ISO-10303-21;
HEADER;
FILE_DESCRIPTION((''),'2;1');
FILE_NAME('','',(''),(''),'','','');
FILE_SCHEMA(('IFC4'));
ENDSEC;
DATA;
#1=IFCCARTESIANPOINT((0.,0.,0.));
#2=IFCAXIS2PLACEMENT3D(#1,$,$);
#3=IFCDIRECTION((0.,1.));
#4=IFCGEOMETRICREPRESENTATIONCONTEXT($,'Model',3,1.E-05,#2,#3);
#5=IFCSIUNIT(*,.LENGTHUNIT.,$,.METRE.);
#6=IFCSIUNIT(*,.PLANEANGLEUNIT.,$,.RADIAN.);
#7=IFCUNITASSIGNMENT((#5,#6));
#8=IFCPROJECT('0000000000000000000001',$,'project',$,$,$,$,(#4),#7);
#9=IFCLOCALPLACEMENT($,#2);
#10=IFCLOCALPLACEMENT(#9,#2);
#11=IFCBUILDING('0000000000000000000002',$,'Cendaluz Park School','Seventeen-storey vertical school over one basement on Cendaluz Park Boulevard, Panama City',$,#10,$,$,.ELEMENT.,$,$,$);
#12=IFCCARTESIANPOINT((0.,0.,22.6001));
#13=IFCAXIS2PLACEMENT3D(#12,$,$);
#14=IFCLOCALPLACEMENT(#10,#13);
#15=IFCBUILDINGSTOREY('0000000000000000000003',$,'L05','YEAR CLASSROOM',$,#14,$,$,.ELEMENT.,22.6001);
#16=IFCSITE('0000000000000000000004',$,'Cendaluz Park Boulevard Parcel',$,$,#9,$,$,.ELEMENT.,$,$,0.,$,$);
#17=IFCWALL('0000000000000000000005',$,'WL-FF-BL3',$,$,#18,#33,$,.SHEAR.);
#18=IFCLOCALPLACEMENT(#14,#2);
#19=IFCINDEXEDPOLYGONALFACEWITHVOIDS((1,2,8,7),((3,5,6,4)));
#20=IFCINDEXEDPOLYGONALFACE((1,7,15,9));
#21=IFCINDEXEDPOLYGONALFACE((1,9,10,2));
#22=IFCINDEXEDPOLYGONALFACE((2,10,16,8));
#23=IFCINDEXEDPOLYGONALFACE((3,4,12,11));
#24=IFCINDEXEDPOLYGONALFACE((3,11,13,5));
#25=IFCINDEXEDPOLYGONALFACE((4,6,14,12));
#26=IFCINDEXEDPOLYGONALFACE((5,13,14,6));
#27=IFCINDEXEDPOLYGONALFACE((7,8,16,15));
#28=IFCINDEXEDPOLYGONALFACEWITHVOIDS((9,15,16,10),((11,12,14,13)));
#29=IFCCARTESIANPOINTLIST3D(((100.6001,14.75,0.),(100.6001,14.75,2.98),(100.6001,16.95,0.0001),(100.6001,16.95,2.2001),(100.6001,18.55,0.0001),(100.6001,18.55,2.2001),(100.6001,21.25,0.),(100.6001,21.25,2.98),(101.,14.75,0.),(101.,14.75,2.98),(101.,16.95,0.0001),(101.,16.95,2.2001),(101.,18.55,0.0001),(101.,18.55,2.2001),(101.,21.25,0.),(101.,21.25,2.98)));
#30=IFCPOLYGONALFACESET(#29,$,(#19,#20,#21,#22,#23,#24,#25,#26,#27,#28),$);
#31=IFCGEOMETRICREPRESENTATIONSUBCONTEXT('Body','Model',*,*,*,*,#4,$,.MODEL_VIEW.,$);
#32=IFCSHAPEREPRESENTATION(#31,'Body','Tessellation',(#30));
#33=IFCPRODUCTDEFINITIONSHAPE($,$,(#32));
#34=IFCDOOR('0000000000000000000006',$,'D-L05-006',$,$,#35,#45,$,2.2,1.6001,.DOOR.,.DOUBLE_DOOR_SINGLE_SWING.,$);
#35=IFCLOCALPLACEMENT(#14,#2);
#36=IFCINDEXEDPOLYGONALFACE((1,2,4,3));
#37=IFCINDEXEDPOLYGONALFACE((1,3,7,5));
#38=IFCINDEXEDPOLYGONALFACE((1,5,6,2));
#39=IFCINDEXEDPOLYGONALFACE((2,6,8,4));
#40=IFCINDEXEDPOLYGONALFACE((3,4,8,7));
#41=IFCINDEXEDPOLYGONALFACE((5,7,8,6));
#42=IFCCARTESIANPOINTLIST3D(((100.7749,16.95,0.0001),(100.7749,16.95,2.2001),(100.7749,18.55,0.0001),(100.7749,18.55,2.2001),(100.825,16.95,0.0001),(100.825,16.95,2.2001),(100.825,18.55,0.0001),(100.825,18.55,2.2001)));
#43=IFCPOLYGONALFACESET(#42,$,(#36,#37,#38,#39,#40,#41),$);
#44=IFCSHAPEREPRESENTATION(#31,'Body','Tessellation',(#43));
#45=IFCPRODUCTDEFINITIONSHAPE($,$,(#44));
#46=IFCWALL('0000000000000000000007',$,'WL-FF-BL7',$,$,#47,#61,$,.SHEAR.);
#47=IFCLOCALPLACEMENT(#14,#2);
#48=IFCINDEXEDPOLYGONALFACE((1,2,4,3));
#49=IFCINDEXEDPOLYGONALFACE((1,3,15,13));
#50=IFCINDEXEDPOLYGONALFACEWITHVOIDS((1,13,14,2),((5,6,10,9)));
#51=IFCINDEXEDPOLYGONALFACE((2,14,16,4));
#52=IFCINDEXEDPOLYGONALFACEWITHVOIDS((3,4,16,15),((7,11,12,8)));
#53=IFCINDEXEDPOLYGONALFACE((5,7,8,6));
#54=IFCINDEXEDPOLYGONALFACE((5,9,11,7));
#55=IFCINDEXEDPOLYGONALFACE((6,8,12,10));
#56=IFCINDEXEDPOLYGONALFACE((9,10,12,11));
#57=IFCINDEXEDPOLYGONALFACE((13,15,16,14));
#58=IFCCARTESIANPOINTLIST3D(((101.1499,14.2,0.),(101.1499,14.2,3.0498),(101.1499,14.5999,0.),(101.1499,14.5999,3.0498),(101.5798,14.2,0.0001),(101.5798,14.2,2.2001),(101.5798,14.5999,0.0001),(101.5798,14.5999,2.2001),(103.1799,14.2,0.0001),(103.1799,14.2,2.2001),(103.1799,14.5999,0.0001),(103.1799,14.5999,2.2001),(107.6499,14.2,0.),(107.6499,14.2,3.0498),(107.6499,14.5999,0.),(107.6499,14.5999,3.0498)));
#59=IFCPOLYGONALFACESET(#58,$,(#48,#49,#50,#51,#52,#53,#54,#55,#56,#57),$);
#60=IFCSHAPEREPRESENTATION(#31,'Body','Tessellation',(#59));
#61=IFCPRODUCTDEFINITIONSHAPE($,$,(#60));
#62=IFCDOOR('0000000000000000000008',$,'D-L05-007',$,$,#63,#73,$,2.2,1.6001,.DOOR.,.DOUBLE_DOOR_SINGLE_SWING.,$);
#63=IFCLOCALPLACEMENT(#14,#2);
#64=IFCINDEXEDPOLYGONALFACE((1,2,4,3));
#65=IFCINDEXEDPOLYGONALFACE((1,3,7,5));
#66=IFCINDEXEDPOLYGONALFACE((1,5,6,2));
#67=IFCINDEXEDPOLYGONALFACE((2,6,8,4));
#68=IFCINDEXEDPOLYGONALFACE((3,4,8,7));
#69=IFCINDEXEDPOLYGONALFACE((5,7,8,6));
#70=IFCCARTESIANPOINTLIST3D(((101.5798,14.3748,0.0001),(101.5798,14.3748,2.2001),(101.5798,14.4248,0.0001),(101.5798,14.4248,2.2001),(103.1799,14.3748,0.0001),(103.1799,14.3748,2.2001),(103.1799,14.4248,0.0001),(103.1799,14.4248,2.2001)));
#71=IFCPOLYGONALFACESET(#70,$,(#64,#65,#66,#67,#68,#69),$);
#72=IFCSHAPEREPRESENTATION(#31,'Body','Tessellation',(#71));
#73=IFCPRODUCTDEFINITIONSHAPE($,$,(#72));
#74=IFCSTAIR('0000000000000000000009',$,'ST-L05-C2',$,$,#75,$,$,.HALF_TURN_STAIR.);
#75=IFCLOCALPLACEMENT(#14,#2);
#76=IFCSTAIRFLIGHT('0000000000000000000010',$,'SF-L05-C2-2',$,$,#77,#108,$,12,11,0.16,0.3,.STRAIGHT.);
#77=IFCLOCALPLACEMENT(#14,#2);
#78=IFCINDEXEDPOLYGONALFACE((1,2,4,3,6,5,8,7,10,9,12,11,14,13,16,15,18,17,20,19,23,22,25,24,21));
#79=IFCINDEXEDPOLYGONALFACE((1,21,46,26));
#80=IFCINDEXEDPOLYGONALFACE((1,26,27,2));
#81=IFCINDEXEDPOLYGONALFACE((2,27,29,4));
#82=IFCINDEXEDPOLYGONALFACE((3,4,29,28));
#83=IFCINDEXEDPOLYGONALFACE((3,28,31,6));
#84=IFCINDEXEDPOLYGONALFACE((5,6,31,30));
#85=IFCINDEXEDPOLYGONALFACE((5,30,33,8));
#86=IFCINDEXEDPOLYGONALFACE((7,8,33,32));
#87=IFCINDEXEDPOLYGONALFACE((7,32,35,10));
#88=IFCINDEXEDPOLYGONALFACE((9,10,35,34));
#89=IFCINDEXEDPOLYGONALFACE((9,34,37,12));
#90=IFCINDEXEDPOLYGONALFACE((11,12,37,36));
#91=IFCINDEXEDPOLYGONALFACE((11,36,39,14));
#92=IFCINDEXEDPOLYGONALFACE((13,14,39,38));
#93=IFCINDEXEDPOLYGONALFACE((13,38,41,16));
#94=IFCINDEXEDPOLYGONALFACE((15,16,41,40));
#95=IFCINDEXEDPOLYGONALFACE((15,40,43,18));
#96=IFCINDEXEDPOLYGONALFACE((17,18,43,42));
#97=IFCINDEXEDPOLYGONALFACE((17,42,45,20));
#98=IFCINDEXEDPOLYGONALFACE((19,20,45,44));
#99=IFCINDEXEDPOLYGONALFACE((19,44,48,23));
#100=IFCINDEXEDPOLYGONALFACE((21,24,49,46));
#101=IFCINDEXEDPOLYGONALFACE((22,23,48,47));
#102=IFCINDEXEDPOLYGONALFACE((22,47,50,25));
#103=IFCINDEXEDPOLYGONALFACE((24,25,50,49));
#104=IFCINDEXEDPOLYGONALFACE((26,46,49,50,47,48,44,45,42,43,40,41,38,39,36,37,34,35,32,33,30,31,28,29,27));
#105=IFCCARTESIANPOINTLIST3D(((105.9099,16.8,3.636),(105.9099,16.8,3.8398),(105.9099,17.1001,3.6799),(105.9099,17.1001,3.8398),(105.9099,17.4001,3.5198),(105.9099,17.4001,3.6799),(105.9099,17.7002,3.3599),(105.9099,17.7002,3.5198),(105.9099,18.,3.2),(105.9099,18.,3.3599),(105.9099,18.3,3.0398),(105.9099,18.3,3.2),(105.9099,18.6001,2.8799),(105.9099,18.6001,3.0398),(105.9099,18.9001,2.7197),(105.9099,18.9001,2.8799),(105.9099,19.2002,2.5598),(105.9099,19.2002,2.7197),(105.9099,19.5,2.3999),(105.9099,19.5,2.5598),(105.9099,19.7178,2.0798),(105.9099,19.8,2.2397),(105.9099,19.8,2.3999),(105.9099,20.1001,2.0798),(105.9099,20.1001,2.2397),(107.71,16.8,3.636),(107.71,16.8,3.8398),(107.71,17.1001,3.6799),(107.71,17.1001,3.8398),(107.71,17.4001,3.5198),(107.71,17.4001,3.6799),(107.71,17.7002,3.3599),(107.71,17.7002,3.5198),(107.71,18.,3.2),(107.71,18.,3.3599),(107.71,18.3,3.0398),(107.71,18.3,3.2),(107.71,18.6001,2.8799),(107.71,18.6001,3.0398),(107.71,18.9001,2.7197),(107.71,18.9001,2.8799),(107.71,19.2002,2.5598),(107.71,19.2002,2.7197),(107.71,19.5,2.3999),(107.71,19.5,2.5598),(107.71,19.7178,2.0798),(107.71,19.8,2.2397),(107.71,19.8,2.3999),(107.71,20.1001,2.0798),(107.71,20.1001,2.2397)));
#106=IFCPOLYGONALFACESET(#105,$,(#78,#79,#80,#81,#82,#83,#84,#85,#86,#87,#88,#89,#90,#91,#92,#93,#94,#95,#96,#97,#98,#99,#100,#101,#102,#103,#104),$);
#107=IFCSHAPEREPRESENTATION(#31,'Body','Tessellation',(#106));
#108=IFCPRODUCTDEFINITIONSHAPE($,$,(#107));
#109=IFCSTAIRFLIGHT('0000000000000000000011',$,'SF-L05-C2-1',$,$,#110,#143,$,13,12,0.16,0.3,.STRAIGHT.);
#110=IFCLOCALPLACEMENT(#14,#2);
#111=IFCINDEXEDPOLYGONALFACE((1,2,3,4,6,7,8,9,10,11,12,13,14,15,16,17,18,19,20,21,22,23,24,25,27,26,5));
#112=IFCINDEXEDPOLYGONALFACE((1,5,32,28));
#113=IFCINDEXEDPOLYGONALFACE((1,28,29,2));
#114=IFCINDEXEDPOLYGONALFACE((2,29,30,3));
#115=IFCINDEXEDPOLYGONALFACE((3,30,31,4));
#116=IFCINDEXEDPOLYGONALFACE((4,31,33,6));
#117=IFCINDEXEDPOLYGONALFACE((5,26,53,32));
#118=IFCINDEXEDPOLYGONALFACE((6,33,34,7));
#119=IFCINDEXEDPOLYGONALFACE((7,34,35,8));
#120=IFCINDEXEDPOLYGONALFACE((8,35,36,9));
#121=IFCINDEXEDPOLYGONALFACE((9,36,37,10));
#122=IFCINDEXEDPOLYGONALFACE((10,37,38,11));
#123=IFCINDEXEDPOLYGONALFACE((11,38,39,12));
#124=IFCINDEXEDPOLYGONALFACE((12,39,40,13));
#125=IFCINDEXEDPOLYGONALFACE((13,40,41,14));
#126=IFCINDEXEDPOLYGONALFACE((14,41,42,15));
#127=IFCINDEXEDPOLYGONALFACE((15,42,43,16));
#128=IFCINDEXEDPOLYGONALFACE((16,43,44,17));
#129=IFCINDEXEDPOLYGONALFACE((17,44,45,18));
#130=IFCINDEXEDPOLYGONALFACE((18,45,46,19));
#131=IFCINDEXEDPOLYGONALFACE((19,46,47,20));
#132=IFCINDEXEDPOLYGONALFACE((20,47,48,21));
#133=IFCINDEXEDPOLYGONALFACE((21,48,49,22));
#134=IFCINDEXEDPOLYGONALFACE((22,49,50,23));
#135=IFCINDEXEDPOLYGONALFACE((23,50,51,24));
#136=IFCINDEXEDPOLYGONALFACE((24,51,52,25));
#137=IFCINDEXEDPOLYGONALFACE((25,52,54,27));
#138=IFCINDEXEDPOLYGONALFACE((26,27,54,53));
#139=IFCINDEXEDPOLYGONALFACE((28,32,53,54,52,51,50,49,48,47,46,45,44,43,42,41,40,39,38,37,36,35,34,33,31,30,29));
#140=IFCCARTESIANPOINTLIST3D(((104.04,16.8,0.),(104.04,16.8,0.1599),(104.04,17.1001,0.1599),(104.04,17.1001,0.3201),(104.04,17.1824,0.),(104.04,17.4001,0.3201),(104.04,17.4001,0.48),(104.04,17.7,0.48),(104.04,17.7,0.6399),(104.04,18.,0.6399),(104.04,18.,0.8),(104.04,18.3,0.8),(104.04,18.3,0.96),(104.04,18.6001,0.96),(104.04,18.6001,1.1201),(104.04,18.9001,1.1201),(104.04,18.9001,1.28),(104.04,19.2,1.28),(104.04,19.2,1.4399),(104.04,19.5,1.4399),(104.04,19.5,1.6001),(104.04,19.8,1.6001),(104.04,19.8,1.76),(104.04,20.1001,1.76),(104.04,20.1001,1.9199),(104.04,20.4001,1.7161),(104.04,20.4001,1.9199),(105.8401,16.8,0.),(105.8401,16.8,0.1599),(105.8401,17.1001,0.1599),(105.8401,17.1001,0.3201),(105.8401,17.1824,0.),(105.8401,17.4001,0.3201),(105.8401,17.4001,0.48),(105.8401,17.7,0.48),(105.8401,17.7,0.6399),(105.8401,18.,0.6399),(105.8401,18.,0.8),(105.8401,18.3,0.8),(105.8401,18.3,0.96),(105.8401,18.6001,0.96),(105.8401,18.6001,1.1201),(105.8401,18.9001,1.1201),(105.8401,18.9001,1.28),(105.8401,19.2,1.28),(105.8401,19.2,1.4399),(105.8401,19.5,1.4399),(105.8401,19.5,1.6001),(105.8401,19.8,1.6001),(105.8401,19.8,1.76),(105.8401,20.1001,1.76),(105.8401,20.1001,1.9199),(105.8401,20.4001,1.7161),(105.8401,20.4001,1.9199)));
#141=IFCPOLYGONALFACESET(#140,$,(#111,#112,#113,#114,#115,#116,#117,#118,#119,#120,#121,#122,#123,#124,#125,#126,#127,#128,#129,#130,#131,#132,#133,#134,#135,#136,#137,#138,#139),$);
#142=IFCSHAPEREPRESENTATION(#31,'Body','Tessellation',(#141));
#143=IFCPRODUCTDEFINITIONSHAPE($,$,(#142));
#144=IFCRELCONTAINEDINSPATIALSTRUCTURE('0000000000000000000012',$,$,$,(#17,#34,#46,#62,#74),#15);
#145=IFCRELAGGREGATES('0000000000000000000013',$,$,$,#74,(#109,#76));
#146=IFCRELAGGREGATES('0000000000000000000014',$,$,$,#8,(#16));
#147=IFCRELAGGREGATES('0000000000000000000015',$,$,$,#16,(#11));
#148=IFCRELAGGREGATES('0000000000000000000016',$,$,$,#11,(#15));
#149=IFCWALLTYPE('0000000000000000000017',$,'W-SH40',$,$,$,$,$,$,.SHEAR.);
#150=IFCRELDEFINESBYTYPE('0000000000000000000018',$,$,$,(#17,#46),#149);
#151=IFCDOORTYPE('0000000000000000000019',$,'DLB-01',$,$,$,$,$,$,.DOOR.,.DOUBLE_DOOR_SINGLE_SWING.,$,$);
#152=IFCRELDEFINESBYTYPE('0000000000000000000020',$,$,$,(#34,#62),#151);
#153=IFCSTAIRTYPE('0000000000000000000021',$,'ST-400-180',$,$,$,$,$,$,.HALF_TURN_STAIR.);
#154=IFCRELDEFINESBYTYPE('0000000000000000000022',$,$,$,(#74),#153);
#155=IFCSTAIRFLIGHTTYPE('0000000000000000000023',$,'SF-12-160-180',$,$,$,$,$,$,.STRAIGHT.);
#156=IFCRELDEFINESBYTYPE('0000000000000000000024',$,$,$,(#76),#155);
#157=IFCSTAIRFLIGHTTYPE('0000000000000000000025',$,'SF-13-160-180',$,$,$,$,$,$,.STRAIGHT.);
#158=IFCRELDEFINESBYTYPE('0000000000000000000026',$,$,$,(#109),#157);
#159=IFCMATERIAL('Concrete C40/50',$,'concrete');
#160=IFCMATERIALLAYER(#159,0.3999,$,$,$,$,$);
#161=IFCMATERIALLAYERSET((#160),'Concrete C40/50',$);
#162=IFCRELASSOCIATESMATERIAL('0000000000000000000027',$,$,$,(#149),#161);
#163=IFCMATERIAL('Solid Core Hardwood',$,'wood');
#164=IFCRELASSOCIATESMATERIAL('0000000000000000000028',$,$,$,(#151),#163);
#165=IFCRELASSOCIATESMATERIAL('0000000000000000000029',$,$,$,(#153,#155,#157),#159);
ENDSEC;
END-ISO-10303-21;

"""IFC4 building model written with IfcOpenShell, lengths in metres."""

from ifc_helpers import new_model, si_unit, direction, frame, frame_2d, origin, place, context, subcontext, project, spatial, polyline, rectangle, outline, extrude, material, layer, layer_set, type_object, element, fill, aggregate, save


model = new_model("IFC4")

# Units and contexts
model_context = context("Model", 3, precision=1e-05, world=origin(), true_north=direction((0.0, 1.0)))
body_context = subcontext(model_context, "Body", "Model", "MODEL_VIEW")
ifc_project = project(units=[si_unit("LENGTHUNIT", "METRE"), si_unit("PLANEANGLEUNIT", "RADIAN")], contexts=[model_context])

# Site, building, storey
site_placement = place(None, origin())
site = spatial("IfcSite", under=ifc_project, at=site_placement, Name="Cendaluz Park Boulevard Parcel", CompositionType="ELEMENT", RefElevation=0.0)
building_placement = place(site_placement, origin())
building = spatial("IfcBuilding", under=site, at=building_placement, Name="Cendaluz Park School", Description="Seventeen-storey vertical school over one basement on Cendaluz Park Boulevard, Panama City", CompositionType="ELEMENT")
storey_placement = place(building_placement, frame((0.0, 0.0, 22.6001)))
storey = spatial("IfcBuildingStorey", under=building, at=storey_placement, Name="L05", Description="YEAR CLASSROOM", CompositionType="ELEMENT", Elevation=22.6001)

# Shared definitions
ifc_material_1 = material(Name="Concrete C40/50", Category="concrete")

# Shared definitions
ifc_material_2 = material(Name="Solid Core Hardwood", Category="wood")

# Walls, openings, doors
ifc_layer_1 = layer(ifc_material_1, 0.3999)
ifc_layer_set_1 = layer_set([ifc_layer_1], Name="Concrete C40/50")
wall_type_1 = type_object("IfcWallType", Name="W-SH40", PredefinedType="SHEAR", material=ifc_layer_set_1)
wall_1_placement = place(storey_placement, frame((100.8, 14.75, 0.0), z_axis=(0.0, 0.0, 1.0), x_axis=(0.0, 1.0, 0.0)))
wall_1 = element("IfcWall", 1, at=wall_1_placement, inside=storey, type_object=wall_type_1, Name="WL-FF-BL3", PredefinedType="SHEAR", context=body_context, shape_type="SweptSolid", body=[
    extrude(rectangle(XDim=6.5, YDim=0.3999, at=frame_2d((3.25, 0.0))), origin(), (0.0, 0.0, 1.0), 2.98),
])
opening_1_placement = place(wall_1_placement, frame((2.2, 0.0, 0.0)))
opening_1 = element("IfcOpeningElement", 2, at=opening_1_placement, cuts=wall_1, PredefinedType="OPENING", context=body_context, shape_type="SweptSolid", body=[
    extrude(rectangle(XDim=1.6001, YDim=2.2, at=frame_2d((0.8, 1.1001))), frame((0.0, 0.2119, 0.0), z_axis=(0.0, -1.0, 0.0), x_axis=(1.0, 0.0, 0.0)), (0.0, 0.0, 1.0), 0.4238),
])
door_type_1 = type_object("IfcDoorType", Name="DLB-01", OperationType="DOUBLE_DOOR_SINGLE_SWING", PredefinedType="DOOR", material=ifc_material_2)
door_1_placement = place(opening_1_placement, frame((1.6001, 0.0, 0.0), z_axis=(0.0, 0.0, 1.0), x_axis=(-1.0, 0.0, 0.0)))
door_1 = element("IfcDoor", 3, at=door_1_placement, inside=storey, type_object=door_type_1, Name="D-L05-006", OperationType="DOUBLE_DOOR_SINGLE_SWING", OverallHeight=2.2, OverallWidth=1.6001, PredefinedType="DOOR", context=body_context, shape_type="SweptSolid", body=[
    extrude(rectangle(XDim=1.6001, YDim=2.2, at=frame_2d((0.8, 1.1001))), frame((0.0, 0.0249, 0.0), z_axis=(0.0, -1.0, 0.0), x_axis=(1.0, 0.0, 0.0)), (0.0, 0.0, 1.0), 0.05),
])
fill(opening_1, door_1)
wall_2_placement = place(storey_placement, frame((101.1499, 14.3999, 0.0), z_axis=(0.0, 0.0, 1.0), x_axis=(1.0, 0.0, 0.0)))
wall_2 = element("IfcWall", 4, at=wall_2_placement, inside=storey, type_object=wall_type_1, Name="WL-FF-BL7", PredefinedType="SHEAR", context=body_context, shape_type="SweptSolid", body=[
    extrude(rectangle(XDim=6.5, YDim=0.3999, at=frame_2d((3.25, 0.0))), origin(), (0.0, 0.0, 1.0), 3.0498),
])
opening_2_placement = place(wall_2_placement, frame((0.4299, 0.0, 0.0)))
opening_2 = element("IfcOpeningElement", 5, at=opening_2_placement, cuts=wall_2, PredefinedType="OPENING", context=body_context, shape_type="SweptSolid", body=[
    extrude(rectangle(XDim=1.6001, YDim=2.2, at=frame_2d((0.8, 1.1001))), frame((0.0, 0.2119, 0.0), z_axis=(0.0, -1.0, 0.0), x_axis=(1.0, 0.0, 0.0)), (0.0, 0.0, 1.0), 0.4238),
])
door_2_placement = place(opening_2_placement, origin())
door_2 = element("IfcDoor", 6, at=door_2_placement, inside=storey, type_object=door_type_1, Name="D-L05-007", OperationType="DOUBLE_DOOR_SINGLE_SWING", OverallHeight=2.2, OverallWidth=1.6001, PredefinedType="DOOR", context=body_context, shape_type="SweptSolid", body=[
    extrude(rectangle(XDim=1.6001, YDim=2.2, at=frame_2d((0.8, 1.1001))), frame((0.0, 0.0249, 0.0), z_axis=(0.0, -1.0, 0.0), x_axis=(1.0, 0.0, 0.0)), (0.0, 0.0, 1.0), 0.05),
])
fill(opening_2, door_2)

# Stair, stair flights
stair_type = type_object("IfcStairType", Name="ST-400-180", PredefinedType="HALF_TURN_STAIR", material=ifc_material_1)
stair_placement = place(storey_placement, origin())
stair = element("IfcStair", 7, at=stair_placement, inside=storey, type_object=stair_type, Name="ST-L05-C2", PredefinedType="HALF_TURN_STAIR")
stair_flight_type_1 = type_object("IfcStairFlightType", Name="SF-12-160-180", PredefinedType="STRAIGHT", material=ifc_material_1)
stair_flight_1_placement = place(storey_placement, frame((106.8101, 20.1001, 2.0798), z_axis=(0.0, 0.0, 1.0), x_axis=(0.0, -1.0, 0.0)))
stair_flight_1 = element("IfcStairFlight", 8, at=stair_flight_1_placement, type_object=stair_flight_type_1, Name="SF-L05-C2-2", NumberOfRisers=12, NumberOfTreads=11, PredefinedType="STRAIGHT", RiserHeight=0.16, TreadLength=0.3, context=body_context, shape_type="SweptSolid", body=[
    extrude(outline(polyline([(0.0, 0.0), (0.0, 0.1599), (0.3, 0.1599), (0.3, 0.3201), (0.6001, 0.3201), (0.6001, 0.48), (0.8999, 0.48), (0.8999, 0.6399), (1.2, 0.6399), (1.2, 0.8), (1.5, 0.8), (1.5, 0.96), (1.8, 0.96), (1.8, 1.1201), (2.1001, 1.1201), (2.1001, 1.28), (2.3999, 1.28), (2.3999, 1.4399), (2.7, 1.4399), (2.7, 1.6001), (3.0, 1.6001), (3.0, 1.76), (3.3, 1.76), (3.3, 1.9199), (3.3, 1.5562), (0.3823, 0.0), (0.0, 0.0)])), frame((0.0, 0.8999, 0.0), z_axis=(0.0, -1.0, 0.0), x_axis=(1.0, 0.0, 0.0)), (0.0, 0.0, 1.0), 1.8),
])
stair_flight_type_2 = type_object("IfcStairFlightType", Name="SF-13-160-180", PredefinedType="STRAIGHT", material=ifc_material_1)
stair_flight_2_placement = place(storey_placement, frame((104.9399, 16.8, 0.0), z_axis=(0.0, 0.0, 1.0), x_axis=(0.0, 1.0, 0.0)))
stair_flight_2 = element("IfcStairFlight", 9, at=stair_flight_2_placement, type_object=stair_flight_type_2, Name="SF-L05-C2-1", NumberOfRisers=13, NumberOfTreads=12, PredefinedType="STRAIGHT", RiserHeight=0.16, TreadLength=0.3, context=body_context, shape_type="SweptSolid", body=[
    extrude(outline(polyline([(0.0, 0.0), (0.0, 0.1599), (0.3, 0.1599), (0.3, 0.3201), (0.6001, 0.3201), (0.6001, 0.48), (0.8999, 0.48), (0.8999, 0.6399), (1.2, 0.6399), (1.2, 0.8), (1.5, 0.8), (1.5, 0.96), (1.8, 0.96), (1.8, 1.1201), (2.1001, 1.1201), (2.1001, 1.28), (2.3999, 1.28), (2.3999, 1.4399), (2.7, 1.4399), (2.7, 1.6001), (3.0, 1.6001), (3.0, 1.76), (3.3, 1.76), (3.3, 1.9199), (3.6001, 1.9199), (3.6001, 2.0801), (3.6001, 1.7161), (0.3823, 0.0), (0.0, 0.0)])), frame((0.0, 0.8999, 0.0), z_axis=(0.0, -1.0, 0.0), x_axis=(1.0, 0.0, 0.0)), (0.0, 0.0, 1.0), 1.8),
])
aggregate(stair, [stair_flight_2, stair_flight_1])

save(model, "model.ifc")
